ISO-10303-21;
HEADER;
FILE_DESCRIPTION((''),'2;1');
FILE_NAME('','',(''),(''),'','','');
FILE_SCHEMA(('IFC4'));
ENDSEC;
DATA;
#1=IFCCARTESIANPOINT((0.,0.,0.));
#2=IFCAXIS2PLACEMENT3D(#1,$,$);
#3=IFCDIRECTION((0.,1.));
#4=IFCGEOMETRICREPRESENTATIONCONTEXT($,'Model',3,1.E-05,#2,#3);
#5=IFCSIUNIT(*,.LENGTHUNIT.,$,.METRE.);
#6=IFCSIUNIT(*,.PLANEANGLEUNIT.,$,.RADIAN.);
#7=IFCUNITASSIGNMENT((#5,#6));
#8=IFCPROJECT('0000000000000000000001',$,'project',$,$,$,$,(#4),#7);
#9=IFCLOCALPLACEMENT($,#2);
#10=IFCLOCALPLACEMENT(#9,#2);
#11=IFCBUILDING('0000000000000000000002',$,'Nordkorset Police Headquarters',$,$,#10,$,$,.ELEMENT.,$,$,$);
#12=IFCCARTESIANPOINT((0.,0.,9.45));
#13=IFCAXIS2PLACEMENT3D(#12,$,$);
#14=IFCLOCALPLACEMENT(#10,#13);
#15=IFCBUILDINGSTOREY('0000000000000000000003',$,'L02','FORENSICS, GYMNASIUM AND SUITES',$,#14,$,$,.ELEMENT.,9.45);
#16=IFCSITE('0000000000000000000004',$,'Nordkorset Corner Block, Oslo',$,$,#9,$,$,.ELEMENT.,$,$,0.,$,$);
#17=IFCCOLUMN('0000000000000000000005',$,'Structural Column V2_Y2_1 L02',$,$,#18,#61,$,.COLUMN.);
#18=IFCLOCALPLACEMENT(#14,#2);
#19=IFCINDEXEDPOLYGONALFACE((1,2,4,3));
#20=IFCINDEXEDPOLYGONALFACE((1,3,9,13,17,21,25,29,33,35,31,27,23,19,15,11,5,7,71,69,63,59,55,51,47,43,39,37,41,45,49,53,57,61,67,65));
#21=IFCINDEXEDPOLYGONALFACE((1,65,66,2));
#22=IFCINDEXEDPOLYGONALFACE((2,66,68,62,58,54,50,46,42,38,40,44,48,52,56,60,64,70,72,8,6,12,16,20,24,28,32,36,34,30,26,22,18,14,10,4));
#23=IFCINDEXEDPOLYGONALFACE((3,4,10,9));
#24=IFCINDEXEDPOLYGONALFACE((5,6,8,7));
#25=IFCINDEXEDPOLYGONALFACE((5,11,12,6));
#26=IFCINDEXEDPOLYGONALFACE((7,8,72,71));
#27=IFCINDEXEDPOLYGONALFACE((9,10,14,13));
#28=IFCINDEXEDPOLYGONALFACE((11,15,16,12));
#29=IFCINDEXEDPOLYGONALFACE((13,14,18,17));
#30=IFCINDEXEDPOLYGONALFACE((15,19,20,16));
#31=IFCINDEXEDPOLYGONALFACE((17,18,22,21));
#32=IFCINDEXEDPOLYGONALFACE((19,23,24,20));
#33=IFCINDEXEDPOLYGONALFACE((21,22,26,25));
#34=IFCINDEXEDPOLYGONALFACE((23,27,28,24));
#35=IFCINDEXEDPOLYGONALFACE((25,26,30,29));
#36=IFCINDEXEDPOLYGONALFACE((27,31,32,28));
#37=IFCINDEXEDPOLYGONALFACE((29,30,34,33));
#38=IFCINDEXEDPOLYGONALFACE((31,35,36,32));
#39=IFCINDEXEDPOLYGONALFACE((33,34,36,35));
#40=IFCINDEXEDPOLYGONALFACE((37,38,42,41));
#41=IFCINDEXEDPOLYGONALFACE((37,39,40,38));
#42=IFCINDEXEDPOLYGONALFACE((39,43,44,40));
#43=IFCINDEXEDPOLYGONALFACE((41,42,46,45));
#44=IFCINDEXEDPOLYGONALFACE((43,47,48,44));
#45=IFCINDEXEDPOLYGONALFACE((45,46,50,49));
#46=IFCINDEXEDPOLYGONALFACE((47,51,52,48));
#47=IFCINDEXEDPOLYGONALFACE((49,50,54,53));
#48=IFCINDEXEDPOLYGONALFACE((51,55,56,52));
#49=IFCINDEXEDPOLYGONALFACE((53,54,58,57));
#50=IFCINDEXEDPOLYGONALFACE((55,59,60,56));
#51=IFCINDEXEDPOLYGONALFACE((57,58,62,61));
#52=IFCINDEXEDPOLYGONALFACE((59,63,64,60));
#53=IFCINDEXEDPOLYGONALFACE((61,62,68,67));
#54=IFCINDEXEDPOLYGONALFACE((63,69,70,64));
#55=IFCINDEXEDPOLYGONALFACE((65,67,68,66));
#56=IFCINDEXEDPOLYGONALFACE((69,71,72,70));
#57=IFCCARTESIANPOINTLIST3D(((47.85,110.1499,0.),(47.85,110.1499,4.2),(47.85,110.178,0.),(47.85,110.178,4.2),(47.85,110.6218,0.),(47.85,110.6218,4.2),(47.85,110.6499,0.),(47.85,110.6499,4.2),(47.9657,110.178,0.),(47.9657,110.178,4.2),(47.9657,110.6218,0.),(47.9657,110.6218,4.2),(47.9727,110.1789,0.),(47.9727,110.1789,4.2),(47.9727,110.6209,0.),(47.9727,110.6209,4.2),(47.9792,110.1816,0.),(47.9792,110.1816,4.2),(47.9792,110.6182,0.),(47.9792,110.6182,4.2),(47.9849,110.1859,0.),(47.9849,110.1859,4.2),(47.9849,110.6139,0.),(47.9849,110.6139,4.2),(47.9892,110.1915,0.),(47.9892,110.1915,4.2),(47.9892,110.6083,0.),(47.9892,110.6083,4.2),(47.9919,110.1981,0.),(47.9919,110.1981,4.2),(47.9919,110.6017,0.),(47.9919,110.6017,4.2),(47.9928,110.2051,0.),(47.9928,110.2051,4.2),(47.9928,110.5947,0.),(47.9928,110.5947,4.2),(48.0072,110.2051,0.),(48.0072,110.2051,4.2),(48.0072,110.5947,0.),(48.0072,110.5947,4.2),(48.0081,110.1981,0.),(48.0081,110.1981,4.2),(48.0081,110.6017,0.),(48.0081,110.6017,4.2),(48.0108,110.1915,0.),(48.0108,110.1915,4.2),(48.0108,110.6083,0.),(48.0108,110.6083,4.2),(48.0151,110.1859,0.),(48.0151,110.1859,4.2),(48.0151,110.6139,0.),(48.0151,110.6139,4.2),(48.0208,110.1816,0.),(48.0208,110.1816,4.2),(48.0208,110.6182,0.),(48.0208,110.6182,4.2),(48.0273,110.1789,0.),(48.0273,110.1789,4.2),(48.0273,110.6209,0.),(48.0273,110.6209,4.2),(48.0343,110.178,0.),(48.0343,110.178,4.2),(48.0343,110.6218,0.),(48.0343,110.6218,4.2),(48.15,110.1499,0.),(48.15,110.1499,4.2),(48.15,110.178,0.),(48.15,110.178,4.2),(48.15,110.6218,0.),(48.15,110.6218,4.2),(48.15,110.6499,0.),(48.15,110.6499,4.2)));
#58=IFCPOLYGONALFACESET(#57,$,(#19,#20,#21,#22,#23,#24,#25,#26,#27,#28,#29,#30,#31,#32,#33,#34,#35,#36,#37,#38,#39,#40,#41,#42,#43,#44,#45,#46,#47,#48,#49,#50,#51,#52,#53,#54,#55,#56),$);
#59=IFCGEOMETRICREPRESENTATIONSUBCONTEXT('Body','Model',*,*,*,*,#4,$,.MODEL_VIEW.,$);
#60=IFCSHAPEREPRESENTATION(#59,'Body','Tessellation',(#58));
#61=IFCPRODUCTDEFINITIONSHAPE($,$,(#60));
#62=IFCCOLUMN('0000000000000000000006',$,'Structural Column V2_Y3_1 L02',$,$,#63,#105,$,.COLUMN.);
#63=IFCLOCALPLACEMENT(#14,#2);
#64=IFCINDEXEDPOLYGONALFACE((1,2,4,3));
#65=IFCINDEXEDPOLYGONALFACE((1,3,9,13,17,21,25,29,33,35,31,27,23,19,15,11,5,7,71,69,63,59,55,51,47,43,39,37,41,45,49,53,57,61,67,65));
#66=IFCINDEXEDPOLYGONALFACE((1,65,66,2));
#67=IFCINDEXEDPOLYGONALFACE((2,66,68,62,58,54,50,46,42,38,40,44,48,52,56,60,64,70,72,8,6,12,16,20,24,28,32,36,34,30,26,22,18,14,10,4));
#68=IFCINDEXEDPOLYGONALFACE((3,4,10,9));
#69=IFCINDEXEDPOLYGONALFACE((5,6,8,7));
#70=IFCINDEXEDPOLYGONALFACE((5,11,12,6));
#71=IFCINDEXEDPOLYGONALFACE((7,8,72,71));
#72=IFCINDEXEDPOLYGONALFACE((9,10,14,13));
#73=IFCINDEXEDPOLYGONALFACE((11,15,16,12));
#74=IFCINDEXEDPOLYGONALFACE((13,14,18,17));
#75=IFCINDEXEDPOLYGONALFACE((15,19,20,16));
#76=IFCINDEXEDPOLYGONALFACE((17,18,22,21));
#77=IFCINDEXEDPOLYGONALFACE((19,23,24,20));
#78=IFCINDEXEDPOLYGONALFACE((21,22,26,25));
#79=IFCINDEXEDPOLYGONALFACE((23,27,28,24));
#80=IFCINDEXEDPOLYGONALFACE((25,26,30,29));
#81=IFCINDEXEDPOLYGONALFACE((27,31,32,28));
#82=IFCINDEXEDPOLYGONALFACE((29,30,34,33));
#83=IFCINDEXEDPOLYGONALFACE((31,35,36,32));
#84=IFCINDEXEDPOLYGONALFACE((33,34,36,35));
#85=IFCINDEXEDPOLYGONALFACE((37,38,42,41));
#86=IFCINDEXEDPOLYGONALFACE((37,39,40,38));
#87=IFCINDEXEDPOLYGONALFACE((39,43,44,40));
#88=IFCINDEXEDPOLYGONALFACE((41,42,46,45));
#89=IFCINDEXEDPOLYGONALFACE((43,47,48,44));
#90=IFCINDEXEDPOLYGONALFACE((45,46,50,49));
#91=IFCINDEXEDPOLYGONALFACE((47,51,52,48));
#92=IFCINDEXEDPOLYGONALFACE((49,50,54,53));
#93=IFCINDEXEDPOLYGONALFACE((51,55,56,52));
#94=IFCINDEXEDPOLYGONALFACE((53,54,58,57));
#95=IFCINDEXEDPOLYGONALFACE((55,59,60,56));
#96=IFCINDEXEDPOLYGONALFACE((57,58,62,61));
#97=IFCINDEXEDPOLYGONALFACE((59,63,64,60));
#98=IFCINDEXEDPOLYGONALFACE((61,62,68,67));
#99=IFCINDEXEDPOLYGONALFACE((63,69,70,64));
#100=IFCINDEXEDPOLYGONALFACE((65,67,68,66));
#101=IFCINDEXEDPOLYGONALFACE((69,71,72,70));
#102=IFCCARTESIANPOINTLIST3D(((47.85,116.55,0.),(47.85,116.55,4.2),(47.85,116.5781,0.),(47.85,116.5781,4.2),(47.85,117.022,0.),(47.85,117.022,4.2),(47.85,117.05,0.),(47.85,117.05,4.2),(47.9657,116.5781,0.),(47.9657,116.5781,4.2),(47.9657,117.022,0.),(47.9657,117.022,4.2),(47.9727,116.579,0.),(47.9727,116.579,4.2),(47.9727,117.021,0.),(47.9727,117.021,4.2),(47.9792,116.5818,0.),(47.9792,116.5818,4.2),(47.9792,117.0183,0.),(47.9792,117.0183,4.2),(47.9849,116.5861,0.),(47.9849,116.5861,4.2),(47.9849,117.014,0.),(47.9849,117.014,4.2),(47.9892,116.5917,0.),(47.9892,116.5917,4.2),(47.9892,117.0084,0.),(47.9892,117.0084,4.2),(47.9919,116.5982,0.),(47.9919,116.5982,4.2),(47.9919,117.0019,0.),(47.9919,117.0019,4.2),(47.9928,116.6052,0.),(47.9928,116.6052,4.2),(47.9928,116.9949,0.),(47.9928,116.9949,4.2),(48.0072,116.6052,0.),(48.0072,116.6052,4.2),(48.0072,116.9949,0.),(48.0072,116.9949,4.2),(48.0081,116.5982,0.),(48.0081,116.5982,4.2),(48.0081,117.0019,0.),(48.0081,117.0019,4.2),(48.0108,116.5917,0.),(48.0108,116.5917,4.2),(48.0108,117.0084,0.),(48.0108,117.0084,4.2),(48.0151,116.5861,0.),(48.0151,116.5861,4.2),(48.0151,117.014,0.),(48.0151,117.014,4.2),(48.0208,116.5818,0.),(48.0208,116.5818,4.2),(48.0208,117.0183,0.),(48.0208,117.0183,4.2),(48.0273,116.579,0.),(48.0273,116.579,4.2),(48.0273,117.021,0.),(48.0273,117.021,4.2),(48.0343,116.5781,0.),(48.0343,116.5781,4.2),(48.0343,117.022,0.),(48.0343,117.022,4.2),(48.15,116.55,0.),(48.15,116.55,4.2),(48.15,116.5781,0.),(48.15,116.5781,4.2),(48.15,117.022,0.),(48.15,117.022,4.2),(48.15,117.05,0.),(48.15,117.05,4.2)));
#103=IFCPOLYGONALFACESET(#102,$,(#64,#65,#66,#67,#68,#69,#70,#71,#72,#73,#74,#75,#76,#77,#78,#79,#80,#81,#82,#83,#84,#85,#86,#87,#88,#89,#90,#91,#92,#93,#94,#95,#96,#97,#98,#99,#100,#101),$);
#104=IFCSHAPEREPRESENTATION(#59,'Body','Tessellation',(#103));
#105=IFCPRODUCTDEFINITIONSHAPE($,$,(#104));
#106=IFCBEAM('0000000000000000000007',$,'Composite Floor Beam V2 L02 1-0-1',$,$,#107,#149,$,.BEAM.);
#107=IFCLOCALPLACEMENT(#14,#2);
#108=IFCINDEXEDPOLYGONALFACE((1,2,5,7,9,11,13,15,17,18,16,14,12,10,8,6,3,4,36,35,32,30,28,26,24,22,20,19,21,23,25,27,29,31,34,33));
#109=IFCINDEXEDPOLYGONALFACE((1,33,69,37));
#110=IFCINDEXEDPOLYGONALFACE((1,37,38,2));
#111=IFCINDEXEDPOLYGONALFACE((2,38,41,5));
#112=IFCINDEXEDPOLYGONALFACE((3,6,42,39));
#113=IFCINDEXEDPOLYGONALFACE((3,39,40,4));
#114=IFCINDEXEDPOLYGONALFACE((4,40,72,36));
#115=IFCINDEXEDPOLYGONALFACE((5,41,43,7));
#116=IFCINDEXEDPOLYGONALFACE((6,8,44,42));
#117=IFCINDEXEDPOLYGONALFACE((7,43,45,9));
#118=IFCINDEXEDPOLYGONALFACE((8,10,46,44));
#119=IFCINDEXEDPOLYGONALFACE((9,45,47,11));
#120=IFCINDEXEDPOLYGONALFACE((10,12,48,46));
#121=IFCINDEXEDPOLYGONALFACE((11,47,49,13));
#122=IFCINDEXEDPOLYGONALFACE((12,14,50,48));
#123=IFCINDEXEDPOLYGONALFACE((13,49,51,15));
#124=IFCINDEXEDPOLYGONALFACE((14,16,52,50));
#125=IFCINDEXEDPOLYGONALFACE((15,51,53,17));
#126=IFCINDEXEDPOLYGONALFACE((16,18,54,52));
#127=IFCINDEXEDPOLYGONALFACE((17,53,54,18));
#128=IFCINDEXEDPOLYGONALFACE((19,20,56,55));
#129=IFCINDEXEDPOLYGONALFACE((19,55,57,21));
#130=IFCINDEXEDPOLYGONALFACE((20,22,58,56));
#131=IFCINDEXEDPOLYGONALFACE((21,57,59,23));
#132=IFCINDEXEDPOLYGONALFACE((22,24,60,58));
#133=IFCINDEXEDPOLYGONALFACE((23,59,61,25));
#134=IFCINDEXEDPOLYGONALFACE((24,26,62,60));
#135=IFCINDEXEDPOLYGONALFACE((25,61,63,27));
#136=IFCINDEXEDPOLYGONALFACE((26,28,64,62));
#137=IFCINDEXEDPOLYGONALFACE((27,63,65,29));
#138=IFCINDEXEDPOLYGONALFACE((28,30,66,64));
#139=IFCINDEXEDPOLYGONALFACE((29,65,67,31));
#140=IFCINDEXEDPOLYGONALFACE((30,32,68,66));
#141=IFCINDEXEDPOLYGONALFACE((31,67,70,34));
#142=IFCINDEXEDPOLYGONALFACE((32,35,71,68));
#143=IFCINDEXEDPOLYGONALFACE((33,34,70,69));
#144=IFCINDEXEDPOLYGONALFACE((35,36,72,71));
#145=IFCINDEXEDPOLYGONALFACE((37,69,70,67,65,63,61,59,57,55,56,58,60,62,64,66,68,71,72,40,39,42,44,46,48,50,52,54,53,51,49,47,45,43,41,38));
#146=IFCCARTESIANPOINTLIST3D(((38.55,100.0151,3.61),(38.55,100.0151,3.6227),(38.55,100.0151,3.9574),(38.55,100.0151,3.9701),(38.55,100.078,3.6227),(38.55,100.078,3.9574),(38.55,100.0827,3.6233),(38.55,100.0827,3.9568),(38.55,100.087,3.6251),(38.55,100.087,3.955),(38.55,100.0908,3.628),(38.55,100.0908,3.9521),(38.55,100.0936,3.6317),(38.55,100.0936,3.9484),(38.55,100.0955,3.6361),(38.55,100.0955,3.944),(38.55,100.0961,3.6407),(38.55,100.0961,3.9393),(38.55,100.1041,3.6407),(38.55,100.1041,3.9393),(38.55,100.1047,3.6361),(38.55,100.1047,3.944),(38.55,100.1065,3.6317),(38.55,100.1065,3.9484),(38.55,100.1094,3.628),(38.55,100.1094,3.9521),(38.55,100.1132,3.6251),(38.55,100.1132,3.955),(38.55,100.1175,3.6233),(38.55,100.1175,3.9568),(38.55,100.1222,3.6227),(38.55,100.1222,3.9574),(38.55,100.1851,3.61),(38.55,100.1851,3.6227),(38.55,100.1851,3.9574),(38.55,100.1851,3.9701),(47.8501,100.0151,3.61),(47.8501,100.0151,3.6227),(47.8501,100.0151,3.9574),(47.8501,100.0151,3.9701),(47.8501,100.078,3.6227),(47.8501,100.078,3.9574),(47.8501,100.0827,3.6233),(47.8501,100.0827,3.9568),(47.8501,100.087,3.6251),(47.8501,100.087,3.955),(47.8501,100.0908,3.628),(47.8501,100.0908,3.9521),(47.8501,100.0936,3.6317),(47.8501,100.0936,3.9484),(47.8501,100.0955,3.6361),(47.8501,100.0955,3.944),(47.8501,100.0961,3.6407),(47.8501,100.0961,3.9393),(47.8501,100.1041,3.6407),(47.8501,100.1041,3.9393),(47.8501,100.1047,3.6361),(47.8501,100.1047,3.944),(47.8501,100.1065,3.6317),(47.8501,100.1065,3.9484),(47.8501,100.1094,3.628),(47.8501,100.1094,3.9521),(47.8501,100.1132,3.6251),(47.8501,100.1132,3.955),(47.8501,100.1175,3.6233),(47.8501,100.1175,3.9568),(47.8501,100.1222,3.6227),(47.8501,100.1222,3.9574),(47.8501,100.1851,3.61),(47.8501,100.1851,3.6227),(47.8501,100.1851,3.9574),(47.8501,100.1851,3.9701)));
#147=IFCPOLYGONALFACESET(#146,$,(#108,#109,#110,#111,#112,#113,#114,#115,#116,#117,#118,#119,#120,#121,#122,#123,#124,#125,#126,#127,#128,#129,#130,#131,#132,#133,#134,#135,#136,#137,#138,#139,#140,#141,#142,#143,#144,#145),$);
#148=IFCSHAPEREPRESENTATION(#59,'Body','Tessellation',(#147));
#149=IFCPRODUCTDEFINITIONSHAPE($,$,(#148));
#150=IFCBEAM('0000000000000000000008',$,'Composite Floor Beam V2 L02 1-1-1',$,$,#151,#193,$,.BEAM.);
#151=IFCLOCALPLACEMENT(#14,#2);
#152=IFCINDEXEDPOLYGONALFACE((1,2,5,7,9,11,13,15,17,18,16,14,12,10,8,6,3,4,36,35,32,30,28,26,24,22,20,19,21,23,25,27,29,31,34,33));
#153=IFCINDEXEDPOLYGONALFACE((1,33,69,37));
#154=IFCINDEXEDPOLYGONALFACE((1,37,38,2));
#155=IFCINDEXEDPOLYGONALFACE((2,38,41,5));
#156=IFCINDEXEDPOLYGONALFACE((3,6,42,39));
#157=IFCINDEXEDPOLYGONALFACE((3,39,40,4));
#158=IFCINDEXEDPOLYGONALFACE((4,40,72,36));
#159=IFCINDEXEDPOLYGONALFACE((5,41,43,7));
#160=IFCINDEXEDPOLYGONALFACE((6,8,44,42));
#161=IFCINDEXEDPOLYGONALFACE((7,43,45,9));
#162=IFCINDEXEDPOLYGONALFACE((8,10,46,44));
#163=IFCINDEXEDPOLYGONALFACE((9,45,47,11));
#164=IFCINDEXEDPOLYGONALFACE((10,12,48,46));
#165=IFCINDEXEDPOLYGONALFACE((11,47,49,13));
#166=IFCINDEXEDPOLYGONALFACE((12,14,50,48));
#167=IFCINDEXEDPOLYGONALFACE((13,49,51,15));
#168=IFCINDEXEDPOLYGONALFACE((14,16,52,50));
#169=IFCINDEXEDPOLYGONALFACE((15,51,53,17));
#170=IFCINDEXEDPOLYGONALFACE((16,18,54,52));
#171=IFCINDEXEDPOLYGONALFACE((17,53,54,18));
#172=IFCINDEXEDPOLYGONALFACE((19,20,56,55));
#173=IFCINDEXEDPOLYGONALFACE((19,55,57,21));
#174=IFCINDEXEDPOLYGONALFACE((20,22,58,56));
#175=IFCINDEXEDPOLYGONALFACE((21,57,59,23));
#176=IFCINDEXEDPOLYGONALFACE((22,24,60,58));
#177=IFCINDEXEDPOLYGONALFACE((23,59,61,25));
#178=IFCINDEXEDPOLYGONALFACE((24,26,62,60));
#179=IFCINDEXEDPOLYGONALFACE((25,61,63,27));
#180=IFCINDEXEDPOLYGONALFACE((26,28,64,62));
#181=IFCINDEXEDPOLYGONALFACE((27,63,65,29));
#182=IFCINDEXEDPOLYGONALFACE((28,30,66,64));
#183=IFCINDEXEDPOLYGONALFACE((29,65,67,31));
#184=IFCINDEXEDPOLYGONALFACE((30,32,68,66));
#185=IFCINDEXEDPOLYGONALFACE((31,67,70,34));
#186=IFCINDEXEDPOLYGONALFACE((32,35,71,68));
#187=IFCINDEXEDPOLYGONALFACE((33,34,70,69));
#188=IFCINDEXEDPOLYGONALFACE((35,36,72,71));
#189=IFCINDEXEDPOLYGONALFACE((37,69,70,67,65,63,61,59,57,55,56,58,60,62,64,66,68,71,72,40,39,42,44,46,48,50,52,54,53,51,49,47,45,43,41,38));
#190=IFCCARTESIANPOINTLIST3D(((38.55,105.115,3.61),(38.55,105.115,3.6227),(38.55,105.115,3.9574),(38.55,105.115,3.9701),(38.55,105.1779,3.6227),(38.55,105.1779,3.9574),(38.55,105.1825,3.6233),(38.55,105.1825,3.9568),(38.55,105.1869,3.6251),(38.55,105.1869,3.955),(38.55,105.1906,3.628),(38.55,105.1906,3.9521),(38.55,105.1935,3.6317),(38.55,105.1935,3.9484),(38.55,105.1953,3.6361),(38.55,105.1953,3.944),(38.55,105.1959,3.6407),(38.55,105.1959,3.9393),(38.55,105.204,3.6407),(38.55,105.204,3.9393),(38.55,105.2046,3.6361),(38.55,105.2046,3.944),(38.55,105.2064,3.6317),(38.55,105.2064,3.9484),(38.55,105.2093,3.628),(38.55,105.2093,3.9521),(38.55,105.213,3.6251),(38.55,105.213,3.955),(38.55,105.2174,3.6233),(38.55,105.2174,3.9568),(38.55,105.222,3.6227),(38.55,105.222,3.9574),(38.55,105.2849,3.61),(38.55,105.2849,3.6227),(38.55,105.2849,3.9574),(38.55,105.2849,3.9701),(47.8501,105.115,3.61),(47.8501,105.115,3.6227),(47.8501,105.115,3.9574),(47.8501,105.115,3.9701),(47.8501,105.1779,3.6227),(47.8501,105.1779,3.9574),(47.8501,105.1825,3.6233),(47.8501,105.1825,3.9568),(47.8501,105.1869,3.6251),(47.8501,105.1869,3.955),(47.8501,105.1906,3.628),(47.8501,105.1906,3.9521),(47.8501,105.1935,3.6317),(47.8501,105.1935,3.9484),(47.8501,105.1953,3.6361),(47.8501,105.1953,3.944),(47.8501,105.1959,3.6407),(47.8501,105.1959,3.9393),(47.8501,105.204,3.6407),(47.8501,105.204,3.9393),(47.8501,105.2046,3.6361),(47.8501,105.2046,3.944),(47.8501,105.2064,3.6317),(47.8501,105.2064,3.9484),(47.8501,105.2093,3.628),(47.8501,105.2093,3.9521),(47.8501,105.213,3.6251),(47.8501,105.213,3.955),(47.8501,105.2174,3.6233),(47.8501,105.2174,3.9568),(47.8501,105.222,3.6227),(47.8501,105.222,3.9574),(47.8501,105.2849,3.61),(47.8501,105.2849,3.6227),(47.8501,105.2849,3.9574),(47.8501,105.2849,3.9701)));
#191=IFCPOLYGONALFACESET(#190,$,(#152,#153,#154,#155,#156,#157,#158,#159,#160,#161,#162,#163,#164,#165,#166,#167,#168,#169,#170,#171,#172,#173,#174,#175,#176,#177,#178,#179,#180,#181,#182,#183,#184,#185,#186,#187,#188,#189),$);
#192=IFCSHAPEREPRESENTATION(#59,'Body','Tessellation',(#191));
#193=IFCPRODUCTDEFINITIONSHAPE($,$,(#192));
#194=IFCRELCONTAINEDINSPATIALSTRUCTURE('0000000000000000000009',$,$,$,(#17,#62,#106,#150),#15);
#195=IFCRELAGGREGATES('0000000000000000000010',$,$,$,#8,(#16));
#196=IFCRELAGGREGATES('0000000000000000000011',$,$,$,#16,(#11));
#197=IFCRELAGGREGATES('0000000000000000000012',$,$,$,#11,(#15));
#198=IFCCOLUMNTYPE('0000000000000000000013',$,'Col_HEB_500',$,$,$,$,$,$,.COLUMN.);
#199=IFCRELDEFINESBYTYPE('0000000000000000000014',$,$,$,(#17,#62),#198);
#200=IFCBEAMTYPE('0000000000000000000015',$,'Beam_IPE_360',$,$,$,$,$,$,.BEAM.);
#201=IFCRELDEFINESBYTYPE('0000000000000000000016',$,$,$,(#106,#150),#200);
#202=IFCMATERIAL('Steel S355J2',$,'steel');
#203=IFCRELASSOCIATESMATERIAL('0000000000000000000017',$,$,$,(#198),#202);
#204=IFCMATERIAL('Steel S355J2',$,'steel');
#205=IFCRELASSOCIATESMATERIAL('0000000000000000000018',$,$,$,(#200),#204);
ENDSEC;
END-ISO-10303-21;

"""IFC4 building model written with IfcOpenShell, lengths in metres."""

from ifc_helpers import new_model, si_unit, direction, frame, origin, origin_2d, place, context, subcontext, project, spatial, i_section, extrude, material, material_profile, profile_set, type_object, element, save


model = new_model("IFC4")

# Units and contexts
model_context = context("Model", 3, precision=1e-05, world=origin(), true_north=direction((0.0, 1.0)))
body_context = subcontext(model_context, "Body", "Model", "MODEL_VIEW")
ifc_project = project(units=[si_unit("LENGTHUNIT", "METRE"), si_unit("PLANEANGLEUNIT", "RADIAN")], contexts=[model_context])

# Site, building, storey
site_placement = place(None, origin())
site = spatial("IfcSite", under=ifc_project, at=site_placement, Name="Nordkorset Corner Block, Oslo", CompositionType="ELEMENT", RefElevation=0.0)
building_placement = place(site_placement, origin())
building = spatial("IfcBuilding", under=site, at=building_placement, Name="Nordkorset Police Headquarters", CompositionType="ELEMENT")
storey_placement = place(building_placement, frame((0.0, 0.0, 9.45)))
storey = spatial("IfcBuildingStorey", under=building, at=storey_placement, Name="L02", Description="FORENSICS, GYMNASIUM AND SUITES", CompositionType="ELEMENT", Elevation=9.45)

# Columns
ifc_material_1 = material(Name="Steel S355J2", Category="steel")
ifc_material_profile_1 = material_profile(ifc_material_1, i_section(OverallWidth=0.3, OverallDepth=0.5, WebThickness=0.0144, FlangeThickness=0.0281, FilletRadius=0.0271, at=origin_2d()), Name="HEB 500")
ifc_profile_set_1 = profile_set([ifc_material_profile_1], Name="Steel S355J2")
column_type = type_object("IfcColumnType", Name="Col_HEB_500", PredefinedType="COLUMN", material=ifc_profile_set_1)
for number, where, z_axis, x_axis, name in (
    (1, (48.0, 110.3999, 0.0), (0.0, 0.0, 1.0), (1.0, 0.0, 0.0), "Structural Column V2_Y2_1 L02"),
    (2, (48.0, 116.8, 0.0), (0.0, 0.0, 1.0), (1.0, 0.0, 0.0), "Structural Column V2_Y3_1 L02"),
):
    element("IfcColumn", number, at=place(storey_placement, frame(where, z_axis=z_axis, x_axis=x_axis)), inside=storey, type_object=column_type, Name=name, PredefinedType="COLUMN", context=body_context, shape_type="SweptSolid", body=[
        extrude(i_section(OverallWidth=0.3, OverallDepth=0.5, WebThickness=0.0144, FlangeThickness=0.0281, FilletRadius=0.0271, at=origin_2d()), origin(), (0.0, 0.0, 1.0), 4.2),
    ])

# Beams
ifc_material_2 = material(Name="Steel S355J2", Category="steel")
ifc_material_profile_2 = material_profile(ifc_material_2, i_section(OverallWidth=0.1699, OverallDepth=0.3601, WebThickness=0.0081, FlangeThickness=0.0127, FilletRadius=0.0181, at=origin_2d()), Name="IPE 360")
ifc_profile_set_2 = profile_set([ifc_material_profile_2], Name="Steel S355J2")
beam_type_1 = type_object("IfcBeamType", Name="Beam_IPE_360", PredefinedType="BEAM", material=ifc_profile_set_2)
for number, where, z_axis, x_axis, name in (
    (3, (38.55, 100.1001, 3.79), (1.0, 0.0, 0.0), (0.0, 1.0, 0.0), "Composite Floor Beam V2 L02 1-0-1"),
    (4, (38.55, 105.2, 3.79), (1.0, 0.0, 0.0), (0.0, 1.0, 0.0), "Composite Floor Beam V2 L02 1-1-1"),
):
    element("IfcBeam", number, at=place(storey_placement, frame(where, z_axis=z_axis, x_axis=x_axis)), inside=storey, type_object=beam_type_1, Name=name, PredefinedType="BEAM", context=body_context, shape_type="SweptSolid", body=[
        extrude(i_section(OverallWidth=0.1699, OverallDepth=0.3601, WebThickness=0.0081, FlangeThickness=0.0127, FilletRadius=0.0181, at=origin_2d()), origin(), (0.0, 0.0, 1.0), 9.3),
    ])

save(model, "model.ifc")
